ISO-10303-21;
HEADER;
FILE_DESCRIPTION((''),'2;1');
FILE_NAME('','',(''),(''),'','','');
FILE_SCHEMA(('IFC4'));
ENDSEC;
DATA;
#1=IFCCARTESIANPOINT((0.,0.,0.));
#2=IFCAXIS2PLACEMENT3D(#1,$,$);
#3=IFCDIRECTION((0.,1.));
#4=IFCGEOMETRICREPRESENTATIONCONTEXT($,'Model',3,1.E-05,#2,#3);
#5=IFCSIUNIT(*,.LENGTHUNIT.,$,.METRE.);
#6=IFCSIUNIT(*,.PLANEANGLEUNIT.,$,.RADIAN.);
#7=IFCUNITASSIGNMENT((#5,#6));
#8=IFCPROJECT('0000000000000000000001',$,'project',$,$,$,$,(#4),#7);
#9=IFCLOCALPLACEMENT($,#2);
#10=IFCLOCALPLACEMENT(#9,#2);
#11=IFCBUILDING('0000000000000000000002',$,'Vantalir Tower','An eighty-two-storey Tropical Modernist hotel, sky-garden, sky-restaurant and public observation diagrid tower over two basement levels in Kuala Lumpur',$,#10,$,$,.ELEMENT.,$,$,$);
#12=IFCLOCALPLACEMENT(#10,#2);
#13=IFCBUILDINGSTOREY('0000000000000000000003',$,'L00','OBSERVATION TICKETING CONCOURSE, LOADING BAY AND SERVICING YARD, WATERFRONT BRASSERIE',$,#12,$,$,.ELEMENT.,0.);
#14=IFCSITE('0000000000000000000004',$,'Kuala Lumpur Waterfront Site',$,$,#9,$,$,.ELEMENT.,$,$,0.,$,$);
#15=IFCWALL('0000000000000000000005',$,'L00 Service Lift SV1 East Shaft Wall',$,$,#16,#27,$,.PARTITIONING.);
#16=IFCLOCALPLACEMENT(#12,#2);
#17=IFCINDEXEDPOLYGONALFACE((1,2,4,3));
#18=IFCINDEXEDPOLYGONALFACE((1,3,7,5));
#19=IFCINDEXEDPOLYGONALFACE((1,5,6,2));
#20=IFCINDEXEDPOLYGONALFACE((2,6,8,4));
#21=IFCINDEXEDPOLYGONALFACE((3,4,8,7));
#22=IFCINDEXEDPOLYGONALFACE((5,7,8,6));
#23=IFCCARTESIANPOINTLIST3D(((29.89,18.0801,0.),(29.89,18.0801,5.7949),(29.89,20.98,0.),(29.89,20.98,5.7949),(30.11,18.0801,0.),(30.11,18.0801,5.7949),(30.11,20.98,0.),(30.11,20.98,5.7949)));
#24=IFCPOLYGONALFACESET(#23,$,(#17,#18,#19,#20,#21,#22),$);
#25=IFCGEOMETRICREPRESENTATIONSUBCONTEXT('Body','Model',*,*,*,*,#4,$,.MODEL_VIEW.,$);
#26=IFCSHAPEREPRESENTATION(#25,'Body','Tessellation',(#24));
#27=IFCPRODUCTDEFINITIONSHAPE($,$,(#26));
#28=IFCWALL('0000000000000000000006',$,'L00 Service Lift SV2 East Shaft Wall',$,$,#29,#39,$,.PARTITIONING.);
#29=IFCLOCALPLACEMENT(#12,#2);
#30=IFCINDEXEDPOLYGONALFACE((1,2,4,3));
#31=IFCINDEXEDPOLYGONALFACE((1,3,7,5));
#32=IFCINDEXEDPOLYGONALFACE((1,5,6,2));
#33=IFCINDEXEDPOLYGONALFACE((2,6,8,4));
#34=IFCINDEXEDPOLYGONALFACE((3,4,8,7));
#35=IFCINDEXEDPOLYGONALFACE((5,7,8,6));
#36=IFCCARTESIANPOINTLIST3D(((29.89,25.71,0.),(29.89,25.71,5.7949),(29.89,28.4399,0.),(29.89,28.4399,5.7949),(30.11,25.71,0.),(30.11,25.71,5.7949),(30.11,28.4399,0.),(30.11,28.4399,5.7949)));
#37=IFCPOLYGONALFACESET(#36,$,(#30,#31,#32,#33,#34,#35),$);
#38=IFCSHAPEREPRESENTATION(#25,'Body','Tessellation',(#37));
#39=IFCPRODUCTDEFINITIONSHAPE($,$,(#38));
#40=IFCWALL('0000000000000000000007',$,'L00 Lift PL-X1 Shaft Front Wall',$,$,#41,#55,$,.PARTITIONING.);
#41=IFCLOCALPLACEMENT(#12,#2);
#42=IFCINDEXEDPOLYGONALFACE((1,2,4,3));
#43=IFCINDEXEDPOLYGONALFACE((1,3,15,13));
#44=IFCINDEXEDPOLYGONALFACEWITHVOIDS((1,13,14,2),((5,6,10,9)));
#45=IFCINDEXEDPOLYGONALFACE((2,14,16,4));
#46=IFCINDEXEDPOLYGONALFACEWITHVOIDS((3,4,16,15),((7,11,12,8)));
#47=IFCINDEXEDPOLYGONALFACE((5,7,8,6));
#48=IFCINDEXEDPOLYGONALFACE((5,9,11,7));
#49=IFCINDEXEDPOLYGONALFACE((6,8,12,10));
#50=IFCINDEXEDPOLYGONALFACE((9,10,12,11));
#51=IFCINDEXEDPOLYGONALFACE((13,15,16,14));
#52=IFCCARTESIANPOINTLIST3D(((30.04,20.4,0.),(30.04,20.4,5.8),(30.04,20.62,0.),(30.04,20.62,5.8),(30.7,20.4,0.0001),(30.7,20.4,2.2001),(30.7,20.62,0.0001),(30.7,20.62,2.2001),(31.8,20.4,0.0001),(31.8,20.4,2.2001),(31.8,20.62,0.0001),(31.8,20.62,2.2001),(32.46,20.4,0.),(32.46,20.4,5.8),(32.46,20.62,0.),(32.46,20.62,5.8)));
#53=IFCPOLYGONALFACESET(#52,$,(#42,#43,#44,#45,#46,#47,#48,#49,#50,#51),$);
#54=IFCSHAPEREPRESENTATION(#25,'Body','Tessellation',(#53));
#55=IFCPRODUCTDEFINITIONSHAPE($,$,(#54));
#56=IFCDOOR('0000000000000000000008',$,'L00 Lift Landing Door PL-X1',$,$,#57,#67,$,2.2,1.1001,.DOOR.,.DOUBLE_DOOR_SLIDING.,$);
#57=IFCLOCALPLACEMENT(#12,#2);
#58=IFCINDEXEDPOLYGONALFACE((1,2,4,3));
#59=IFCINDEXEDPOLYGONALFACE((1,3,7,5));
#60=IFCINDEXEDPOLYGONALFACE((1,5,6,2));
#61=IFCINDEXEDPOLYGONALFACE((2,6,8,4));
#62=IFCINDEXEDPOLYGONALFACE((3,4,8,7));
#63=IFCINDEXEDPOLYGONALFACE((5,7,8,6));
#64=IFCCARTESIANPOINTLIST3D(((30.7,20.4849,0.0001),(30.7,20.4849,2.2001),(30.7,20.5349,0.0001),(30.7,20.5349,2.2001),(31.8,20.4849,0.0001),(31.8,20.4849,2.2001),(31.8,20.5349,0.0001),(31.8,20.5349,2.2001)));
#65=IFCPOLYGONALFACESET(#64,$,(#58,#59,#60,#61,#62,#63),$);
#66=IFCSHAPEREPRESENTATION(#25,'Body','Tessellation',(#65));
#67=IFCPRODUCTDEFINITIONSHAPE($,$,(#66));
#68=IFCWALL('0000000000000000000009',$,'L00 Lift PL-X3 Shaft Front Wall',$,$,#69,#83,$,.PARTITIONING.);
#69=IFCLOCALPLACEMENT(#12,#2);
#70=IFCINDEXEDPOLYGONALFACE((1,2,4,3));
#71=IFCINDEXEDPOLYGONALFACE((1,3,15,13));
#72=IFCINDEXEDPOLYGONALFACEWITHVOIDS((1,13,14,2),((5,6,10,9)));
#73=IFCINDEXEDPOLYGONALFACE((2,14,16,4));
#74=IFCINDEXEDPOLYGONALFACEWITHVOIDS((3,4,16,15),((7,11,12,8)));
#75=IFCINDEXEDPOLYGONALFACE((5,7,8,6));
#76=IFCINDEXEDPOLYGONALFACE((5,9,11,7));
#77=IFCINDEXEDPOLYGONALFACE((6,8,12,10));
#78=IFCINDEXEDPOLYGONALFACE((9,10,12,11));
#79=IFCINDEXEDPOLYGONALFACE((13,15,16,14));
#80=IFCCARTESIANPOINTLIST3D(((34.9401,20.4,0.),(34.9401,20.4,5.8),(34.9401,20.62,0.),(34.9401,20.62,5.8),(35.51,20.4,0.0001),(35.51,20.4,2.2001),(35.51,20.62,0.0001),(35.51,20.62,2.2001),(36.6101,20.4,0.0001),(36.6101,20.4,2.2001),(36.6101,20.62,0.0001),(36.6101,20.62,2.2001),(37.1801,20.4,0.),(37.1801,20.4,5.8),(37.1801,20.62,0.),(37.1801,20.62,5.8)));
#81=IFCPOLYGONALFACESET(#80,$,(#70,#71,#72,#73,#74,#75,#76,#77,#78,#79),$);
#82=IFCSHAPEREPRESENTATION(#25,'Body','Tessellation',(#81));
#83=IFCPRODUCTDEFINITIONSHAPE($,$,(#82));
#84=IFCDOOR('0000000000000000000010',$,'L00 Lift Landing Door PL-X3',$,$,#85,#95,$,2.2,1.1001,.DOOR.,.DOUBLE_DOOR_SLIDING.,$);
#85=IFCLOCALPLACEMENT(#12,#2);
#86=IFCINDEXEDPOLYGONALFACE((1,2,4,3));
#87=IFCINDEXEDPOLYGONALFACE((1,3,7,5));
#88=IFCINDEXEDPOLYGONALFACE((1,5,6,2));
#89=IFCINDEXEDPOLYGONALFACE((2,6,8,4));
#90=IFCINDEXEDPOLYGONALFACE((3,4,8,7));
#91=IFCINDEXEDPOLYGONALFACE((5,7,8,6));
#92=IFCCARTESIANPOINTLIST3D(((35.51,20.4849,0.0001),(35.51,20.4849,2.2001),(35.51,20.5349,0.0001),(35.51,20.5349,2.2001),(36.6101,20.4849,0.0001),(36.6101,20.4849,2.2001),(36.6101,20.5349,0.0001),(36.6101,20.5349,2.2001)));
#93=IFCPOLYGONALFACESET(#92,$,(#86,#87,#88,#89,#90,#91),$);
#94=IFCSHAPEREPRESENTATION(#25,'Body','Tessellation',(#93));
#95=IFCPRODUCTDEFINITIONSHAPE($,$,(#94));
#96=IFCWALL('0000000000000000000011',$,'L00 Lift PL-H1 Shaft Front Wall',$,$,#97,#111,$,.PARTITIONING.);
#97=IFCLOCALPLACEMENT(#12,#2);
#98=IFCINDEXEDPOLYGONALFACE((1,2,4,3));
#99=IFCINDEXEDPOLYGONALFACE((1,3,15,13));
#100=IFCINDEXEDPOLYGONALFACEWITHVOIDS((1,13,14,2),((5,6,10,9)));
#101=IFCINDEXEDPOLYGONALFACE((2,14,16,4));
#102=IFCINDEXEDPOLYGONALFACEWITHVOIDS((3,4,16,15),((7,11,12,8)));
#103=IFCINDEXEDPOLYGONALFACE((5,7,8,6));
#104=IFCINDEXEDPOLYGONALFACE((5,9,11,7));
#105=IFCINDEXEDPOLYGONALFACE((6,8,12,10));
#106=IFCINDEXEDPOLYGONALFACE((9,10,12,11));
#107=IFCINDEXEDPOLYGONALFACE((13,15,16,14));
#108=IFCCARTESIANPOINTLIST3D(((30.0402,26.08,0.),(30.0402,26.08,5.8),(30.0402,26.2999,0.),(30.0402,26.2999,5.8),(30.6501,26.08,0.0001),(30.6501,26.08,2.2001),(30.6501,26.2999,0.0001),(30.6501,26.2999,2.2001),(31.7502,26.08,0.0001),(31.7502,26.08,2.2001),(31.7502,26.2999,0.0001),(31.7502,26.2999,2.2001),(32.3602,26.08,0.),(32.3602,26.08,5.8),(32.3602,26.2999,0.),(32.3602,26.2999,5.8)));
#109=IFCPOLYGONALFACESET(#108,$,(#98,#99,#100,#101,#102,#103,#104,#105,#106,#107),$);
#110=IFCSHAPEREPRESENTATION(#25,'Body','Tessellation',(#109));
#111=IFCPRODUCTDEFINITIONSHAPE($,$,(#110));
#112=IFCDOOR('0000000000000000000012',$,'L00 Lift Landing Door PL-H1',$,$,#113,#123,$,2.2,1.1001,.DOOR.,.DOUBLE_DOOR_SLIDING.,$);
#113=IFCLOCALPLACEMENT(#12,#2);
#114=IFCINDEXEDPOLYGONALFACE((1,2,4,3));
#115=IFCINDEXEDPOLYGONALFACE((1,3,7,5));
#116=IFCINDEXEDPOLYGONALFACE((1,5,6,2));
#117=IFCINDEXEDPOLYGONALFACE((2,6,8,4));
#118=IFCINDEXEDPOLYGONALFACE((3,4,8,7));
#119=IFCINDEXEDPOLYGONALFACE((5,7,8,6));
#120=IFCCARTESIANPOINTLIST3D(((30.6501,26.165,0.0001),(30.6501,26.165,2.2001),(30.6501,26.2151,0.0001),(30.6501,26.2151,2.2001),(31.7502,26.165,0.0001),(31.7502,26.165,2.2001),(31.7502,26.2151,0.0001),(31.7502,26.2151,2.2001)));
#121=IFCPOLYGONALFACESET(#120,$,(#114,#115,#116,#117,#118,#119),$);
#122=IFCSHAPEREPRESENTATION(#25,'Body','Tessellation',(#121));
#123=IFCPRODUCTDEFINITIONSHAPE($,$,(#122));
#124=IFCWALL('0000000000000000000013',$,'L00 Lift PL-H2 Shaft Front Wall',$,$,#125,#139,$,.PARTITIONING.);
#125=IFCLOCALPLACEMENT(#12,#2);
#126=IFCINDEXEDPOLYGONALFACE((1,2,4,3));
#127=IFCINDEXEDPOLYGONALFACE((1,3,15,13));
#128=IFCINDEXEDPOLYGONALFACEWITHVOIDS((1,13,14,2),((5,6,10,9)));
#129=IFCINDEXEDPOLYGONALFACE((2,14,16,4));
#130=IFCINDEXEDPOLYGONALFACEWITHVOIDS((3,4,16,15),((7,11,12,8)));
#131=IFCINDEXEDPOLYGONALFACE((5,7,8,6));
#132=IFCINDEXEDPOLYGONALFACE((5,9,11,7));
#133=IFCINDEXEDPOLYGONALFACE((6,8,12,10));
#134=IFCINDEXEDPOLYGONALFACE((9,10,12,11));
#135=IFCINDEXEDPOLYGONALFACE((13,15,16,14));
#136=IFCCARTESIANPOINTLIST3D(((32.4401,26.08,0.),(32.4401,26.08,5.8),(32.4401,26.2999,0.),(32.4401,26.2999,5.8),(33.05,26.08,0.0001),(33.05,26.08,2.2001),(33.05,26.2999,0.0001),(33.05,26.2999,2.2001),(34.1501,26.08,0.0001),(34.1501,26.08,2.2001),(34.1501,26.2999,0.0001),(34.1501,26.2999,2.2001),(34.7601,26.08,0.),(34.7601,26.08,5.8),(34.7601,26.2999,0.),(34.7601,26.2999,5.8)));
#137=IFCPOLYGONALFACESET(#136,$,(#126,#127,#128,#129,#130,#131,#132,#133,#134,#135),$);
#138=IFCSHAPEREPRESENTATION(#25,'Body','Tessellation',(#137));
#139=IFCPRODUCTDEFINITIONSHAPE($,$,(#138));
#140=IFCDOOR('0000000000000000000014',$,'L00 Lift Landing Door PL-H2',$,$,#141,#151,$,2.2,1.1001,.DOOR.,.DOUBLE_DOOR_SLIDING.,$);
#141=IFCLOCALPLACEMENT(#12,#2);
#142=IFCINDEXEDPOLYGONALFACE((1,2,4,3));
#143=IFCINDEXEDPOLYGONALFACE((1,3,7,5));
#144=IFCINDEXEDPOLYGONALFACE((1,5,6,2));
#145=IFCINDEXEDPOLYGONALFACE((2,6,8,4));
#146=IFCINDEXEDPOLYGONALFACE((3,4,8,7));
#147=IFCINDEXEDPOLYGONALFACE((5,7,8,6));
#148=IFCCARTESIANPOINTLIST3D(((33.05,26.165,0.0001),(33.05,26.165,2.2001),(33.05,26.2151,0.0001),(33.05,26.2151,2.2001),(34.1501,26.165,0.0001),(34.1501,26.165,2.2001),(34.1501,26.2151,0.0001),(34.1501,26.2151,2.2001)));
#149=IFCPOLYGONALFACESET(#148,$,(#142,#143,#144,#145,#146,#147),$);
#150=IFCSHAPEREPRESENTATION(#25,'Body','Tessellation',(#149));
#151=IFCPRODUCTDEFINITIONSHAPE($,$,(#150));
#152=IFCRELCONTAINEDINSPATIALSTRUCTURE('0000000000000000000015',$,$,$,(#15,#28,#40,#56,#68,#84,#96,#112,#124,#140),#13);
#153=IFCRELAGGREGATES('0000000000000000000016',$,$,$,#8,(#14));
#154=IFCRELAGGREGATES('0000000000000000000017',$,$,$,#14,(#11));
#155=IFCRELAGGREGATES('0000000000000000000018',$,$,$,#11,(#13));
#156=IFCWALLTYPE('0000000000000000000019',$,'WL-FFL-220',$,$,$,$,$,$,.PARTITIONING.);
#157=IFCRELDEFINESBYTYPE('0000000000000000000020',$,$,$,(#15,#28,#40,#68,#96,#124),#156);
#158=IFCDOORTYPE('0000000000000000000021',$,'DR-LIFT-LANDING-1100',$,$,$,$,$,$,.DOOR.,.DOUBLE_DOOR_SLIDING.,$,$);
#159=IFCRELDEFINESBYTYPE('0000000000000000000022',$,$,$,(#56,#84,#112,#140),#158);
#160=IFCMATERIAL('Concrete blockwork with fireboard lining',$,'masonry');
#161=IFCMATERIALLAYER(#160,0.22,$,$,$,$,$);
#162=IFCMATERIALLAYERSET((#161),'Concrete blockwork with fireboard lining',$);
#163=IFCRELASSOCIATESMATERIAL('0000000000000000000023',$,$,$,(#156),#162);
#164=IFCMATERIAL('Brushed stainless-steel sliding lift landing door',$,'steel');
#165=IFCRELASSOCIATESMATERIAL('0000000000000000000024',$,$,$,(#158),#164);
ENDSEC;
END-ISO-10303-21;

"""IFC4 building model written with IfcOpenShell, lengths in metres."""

from ifc_helpers import new_model, si_unit, direction, frame, frame_2d, origin, place, context, subcontext, project, spatial, rectangle, extrude, material, layer, layer_set, type_object, element, fill, save


model = new_model("IFC4")

# Units and contexts
model_context = context("Model", 3, precision=1e-05, world=origin(), true_north=direction((0.0, 1.0)))
body_context = subcontext(model_context, "Body", "Model", "MODEL_VIEW")
ifc_project = project(units=[si_unit("LENGTHUNIT", "METRE"), si_unit("PLANEANGLEUNIT", "RADIAN")], contexts=[model_context])

# Site, building, storey
site_placement = place(None, origin())
site = spatial("IfcSite", under=ifc_project, at=site_placement, Name="Kuala Lumpur Waterfront Site", CompositionType="ELEMENT", RefElevation=0.0)
building_placement = place(site_placement, origin())
building = spatial("IfcBuilding", under=site, at=building_placement, Name="Vantalir Tower", Description="An eighty-two-storey Tropical Modernist hotel, sky-garden, sky-restaurant and public observation diagrid tower over two basement levels in Kuala Lumpur", CompositionType="ELEMENT")
storey_placement = place(building_placement, origin())
storey = spatial("IfcBuildingStorey", under=building, at=storey_placement, Name="L00", Description="OBSERVATION TICKETING CONCOURSE, LOADING BAY AND SERVICING YARD, WATERFRONT BRASSERIE", CompositionType="ELEMENT", Elevation=0.0)

# Walls
ifc_material_1 = material(Name="Concrete blockwork with fireboard lining", Category="masonry")
ifc_layer_1 = layer(ifc_material_1, 0.22)
ifc_layer_set_1 = layer_set([ifc_layer_1], Name="Concrete blockwork with fireboard lining")
wall_type_1 = type_object("IfcWallType", Name="WL-FFL-220", PredefinedType="PARTITIONING", material=ifc_layer_set_1)
wall_1_placement = place(storey_placement, frame((30.0, 18.0801, 0.0), z_axis=(0.0, 0.0, 1.0), x_axis=(0.0, 1.0, 0.0)))
element("IfcWall", 1, at=wall_1_placement, inside=storey, type_object=wall_type_1, Name="L00 Service Lift SV1 East Shaft Wall", PredefinedType="PARTITIONING", context=body_context, shape_type="SweptSolid", body=[
    extrude(rectangle(XDim=2.8999, YDim=0.22, at=frame_2d((1.45, 0.0))), origin(), (0.0, 0.0, 1.0), 5.7949),
])
wall_2_placement = place(storey_placement, frame((30.0, 25.71, 0.0), z_axis=(0.0, 0.0, 1.0), x_axis=(0.0, 1.0, 0.0)))
element("IfcWall", 2, at=wall_2_placement, inside=storey, type_object=wall_type_1, Name="L00 Service Lift SV2 East Shaft Wall", PredefinedType="PARTITIONING", context=body_context, shape_type="SweptSolid", body=[
    extrude(rectangle(XDim=2.73, YDim=0.22, at=frame_2d((1.365, 0.0))), origin(), (0.0, 0.0, 1.0), 5.7949),
])

# Walls, openings, doors
wall_3_placement = place(storey_placement, frame((30.04, 20.51, 0.0), z_axis=(0.0, 0.0, 1.0), x_axis=(1.0, 0.0, 0.0)))
wall_3 = element("IfcWall", 3, at=wall_3_placement, inside=storey, type_object=wall_type_1, Name="L00 Lift PL-X1 Shaft Front Wall", PredefinedType="PARTITIONING", context=body_context, shape_type="SweptSolid", body=[
    extrude(rectangle(XDim=2.4199, YDim=0.22, at=frame_2d((1.21, 0.0))), origin(), (0.0, 0.0, 1.0), 5.8),
])
opening_1_placement = place(wall_3_placement, frame((0.6599, 0.0, 0.0)))
opening_1 = element("IfcOpeningElement", 4, at=opening_1_placement, cuts=wall_3, PredefinedType="OPENING", context=body_context, shape_type="SweptSolid", body=[
    extrude(rectangle(XDim=1.1001, YDim=2.2, at=frame_2d((0.55, 1.1001))), frame((0.0, 0.1199, 0.0), z_axis=(0.0, -1.0, 0.0), x_axis=(1.0, 0.0, 0.0)), (0.0, 0.0, 1.0), 0.24),
])
ifc_material_2 = material(Name="Brushed stainless-steel sliding lift landing door", Category="steel")
door_type_1 = type_object("IfcDoorType", Name="DR-LIFT-LANDING-1100", OperationType="DOUBLE_DOOR_SLIDING", PredefinedType="DOOR", material=ifc_material_2)
door_1_placement = place(opening_1_placement, origin())
door_1 = element("IfcDoor", 5, at=door_1_placement, inside=storey, type_object=door_type_1, Name="L00 Lift Landing Door PL-X1", OperationType="DOUBLE_DOOR_SLIDING", OverallHeight=2.2, OverallWidth=1.1001, PredefinedType="DOOR", context=body_context, shape_type="SweptSolid", body=[
    extrude(rectangle(XDim=1.1001, YDim=2.2, at=frame_2d((0.55, 1.1001))), frame((0.0, 0.0249, 0.0), z_axis=(0.0, -1.0, 0.0), x_axis=(1.0, 0.0, 0.0)), (0.0, 0.0, 1.0), 0.05),
])
fill(opening_1, door_1)
wall_4_placement = place(storey_placement, frame((34.9399, 20.51, 0.0), z_axis=(0.0, 0.0, 1.0), x_axis=(1.0, 0.0, 0.0)))
wall_4 = element("IfcWall", 6, at=wall_4_placement, inside=storey, type_object=wall_type_1, Name="L00 Lift PL-X3 Shaft Front Wall", PredefinedType="PARTITIONING", context=body_context, shape_type="SweptSolid", body=[
    extrude(rectangle(XDim=2.24, YDim=0.22, at=frame_2d((1.1201, 0.0))), origin(), (0.0, 0.0, 1.0), 5.8),
])
opening_2_placement = place(wall_4_placement, frame((0.5701, 0.0, 0.0)))
opening_2 = element("IfcOpeningElement", 7, at=opening_2_placement, cuts=wall_4, PredefinedType="OPENING", context=body_context, shape_type="SweptSolid", body=[
    extrude(rectangle(XDim=1.1001, YDim=2.2, at=frame_2d((0.55, 1.1001))), frame((0.0, 0.1199, 0.0), z_axis=(0.0, -1.0, 0.0), x_axis=(1.0, 0.0, 0.0)), (0.0, 0.0, 1.0), 0.24),
])
door_2_placement = place(opening_2_placement, origin())
door_2 = element("IfcDoor", 8, at=door_2_placement, inside=storey, type_object=door_type_1, Name="L00 Lift Landing Door PL-X3", OperationType="DOUBLE_DOOR_SLIDING", OverallHeight=2.2, OverallWidth=1.1001, PredefinedType="DOOR", context=body_context, shape_type="SweptSolid", body=[
    extrude(rectangle(XDim=1.1001, YDim=2.2, at=frame_2d((0.55, 1.1001))), frame((0.0, 0.0249, 0.0), z_axis=(0.0, -1.0, 0.0), x_axis=(1.0, 0.0, 0.0)), (0.0, 0.0, 1.0), 0.05),
])
fill(opening_2, door_2)
wall_5_placement = place(storey_placement, frame((30.04, 26.1899, 0.0), z_axis=(0.0, 0.0, 1.0), x_axis=(1.0, 0.0, 0.0)))
wall_5 = element("IfcWall", 9, at=wall_5_placement, inside=storey, type_object=wall_type_1, Name="L00 Lift PL-H1 Shaft Front Wall", PredefinedType="PARTITIONING", context=body_context, shape_type="SweptSolid", body=[
    extrude(rectangle(XDim=2.3201, YDim=0.22, at=frame_2d((1.1602, 0.0))), origin(), (0.0, 0.0, 1.0), 5.8),
])
opening_3_placement = place(wall_5_placement, frame((0.6101, 0.0, 0.0)))
opening_3 = element("IfcOpeningElement", 10, at=opening_3_placement, cuts=wall_5, PredefinedType="OPENING", context=body_context, shape_type="SweptSolid", body=[
    extrude(rectangle(XDim=1.1001, YDim=2.2, at=frame_2d((0.55, 1.1001))), frame((0.0, 0.1199, 0.0), z_axis=(0.0, -1.0, 0.0), x_axis=(1.0, 0.0, 0.0)), (0.0, 0.0, 1.0), 0.24),
])
door_3_placement = place(opening_3_placement, frame((1.1001, 0.0, 0.0), z_axis=(0.0, 0.0, 1.0), x_axis=(-1.0, 0.0, 0.0)))
door_3 = element("IfcDoor", 11, at=door_3_placement, inside=storey, type_object=door_type_1, Name="L00 Lift Landing Door PL-H1", OperationType="DOUBLE_DOOR_SLIDING", OverallHeight=2.2, OverallWidth=1.1001, PredefinedType="DOOR", context=body_context, shape_type="SweptSolid", body=[
    extrude(rectangle(XDim=1.1001, YDim=2.2, at=frame_2d((0.55, 1.1001))), frame((0.0, 0.0249, 0.0), z_axis=(0.0, -1.0, 0.0), x_axis=(1.0, 0.0, 0.0)), (0.0, 0.0, 1.0), 0.05),
])
fill(opening_3, door_3)
wall_6_placement = place(storey_placement, frame((32.4399, 26.1899, 0.0), z_axis=(0.0, 0.0, 1.0), x_axis=(1.0, 0.0, 0.0)))
wall_6 = element("IfcWall", 12, at=wall_6_placement, inside=storey, type_object=wall_type_1, Name="L00 Lift PL-H2 Shaft Front Wall", PredefinedType="PARTITIONING", context=body_context, shape_type="SweptSolid", body=[
    extrude(rectangle(XDim=2.3201, YDim=0.22, at=frame_2d((1.1602, 0.0))), origin(), (0.0, 0.0, 1.0), 5.8),
])
opening_4_placement = place(wall_6_placement, frame((0.6101, 0.0, 0.0)))
opening_4 = element("IfcOpeningElement", 13, at=opening_4_placement, cuts=wall_6, PredefinedType="OPENING", context=body_context, shape_type="SweptSolid", body=[
    extrude(rectangle(XDim=1.1001, YDim=2.2, at=frame_2d((0.55, 1.1001))), frame((0.0, 0.1199, 0.0), z_axis=(0.0, -1.0, 0.0), x_axis=(1.0, 0.0, 0.0)), (0.0, 0.0, 1.0), 0.24),
])
door_4_placement = place(opening_4_placement, frame((1.1001, 0.0, 0.0), z_axis=(0.0, 0.0, 1.0), x_axis=(-1.0, 0.0, 0.0)))
door_4 = element("IfcDoor", 14, at=door_4_placement, inside=storey, type_object=door_type_1, Name="L00 Lift Landing Door PL-H2", OperationType="DOUBLE_DOOR_SLIDING", OverallHeight=2.2, OverallWidth=1.1001, PredefinedType="DOOR", context=body_context, shape_type="SweptSolid", body=[
    extrude(rectangle(XDim=1.1001, YDim=2.2, at=frame_2d((0.55, 1.1001))), frame((0.0, 0.0249, 0.0), z_axis=(0.0, -1.0, 0.0), x_axis=(1.0, 0.0, 0.0)), (0.0, 0.0, 1.0), 0.05),
])
fill(opening_4, door_4)

save(model, "model.ifc")
